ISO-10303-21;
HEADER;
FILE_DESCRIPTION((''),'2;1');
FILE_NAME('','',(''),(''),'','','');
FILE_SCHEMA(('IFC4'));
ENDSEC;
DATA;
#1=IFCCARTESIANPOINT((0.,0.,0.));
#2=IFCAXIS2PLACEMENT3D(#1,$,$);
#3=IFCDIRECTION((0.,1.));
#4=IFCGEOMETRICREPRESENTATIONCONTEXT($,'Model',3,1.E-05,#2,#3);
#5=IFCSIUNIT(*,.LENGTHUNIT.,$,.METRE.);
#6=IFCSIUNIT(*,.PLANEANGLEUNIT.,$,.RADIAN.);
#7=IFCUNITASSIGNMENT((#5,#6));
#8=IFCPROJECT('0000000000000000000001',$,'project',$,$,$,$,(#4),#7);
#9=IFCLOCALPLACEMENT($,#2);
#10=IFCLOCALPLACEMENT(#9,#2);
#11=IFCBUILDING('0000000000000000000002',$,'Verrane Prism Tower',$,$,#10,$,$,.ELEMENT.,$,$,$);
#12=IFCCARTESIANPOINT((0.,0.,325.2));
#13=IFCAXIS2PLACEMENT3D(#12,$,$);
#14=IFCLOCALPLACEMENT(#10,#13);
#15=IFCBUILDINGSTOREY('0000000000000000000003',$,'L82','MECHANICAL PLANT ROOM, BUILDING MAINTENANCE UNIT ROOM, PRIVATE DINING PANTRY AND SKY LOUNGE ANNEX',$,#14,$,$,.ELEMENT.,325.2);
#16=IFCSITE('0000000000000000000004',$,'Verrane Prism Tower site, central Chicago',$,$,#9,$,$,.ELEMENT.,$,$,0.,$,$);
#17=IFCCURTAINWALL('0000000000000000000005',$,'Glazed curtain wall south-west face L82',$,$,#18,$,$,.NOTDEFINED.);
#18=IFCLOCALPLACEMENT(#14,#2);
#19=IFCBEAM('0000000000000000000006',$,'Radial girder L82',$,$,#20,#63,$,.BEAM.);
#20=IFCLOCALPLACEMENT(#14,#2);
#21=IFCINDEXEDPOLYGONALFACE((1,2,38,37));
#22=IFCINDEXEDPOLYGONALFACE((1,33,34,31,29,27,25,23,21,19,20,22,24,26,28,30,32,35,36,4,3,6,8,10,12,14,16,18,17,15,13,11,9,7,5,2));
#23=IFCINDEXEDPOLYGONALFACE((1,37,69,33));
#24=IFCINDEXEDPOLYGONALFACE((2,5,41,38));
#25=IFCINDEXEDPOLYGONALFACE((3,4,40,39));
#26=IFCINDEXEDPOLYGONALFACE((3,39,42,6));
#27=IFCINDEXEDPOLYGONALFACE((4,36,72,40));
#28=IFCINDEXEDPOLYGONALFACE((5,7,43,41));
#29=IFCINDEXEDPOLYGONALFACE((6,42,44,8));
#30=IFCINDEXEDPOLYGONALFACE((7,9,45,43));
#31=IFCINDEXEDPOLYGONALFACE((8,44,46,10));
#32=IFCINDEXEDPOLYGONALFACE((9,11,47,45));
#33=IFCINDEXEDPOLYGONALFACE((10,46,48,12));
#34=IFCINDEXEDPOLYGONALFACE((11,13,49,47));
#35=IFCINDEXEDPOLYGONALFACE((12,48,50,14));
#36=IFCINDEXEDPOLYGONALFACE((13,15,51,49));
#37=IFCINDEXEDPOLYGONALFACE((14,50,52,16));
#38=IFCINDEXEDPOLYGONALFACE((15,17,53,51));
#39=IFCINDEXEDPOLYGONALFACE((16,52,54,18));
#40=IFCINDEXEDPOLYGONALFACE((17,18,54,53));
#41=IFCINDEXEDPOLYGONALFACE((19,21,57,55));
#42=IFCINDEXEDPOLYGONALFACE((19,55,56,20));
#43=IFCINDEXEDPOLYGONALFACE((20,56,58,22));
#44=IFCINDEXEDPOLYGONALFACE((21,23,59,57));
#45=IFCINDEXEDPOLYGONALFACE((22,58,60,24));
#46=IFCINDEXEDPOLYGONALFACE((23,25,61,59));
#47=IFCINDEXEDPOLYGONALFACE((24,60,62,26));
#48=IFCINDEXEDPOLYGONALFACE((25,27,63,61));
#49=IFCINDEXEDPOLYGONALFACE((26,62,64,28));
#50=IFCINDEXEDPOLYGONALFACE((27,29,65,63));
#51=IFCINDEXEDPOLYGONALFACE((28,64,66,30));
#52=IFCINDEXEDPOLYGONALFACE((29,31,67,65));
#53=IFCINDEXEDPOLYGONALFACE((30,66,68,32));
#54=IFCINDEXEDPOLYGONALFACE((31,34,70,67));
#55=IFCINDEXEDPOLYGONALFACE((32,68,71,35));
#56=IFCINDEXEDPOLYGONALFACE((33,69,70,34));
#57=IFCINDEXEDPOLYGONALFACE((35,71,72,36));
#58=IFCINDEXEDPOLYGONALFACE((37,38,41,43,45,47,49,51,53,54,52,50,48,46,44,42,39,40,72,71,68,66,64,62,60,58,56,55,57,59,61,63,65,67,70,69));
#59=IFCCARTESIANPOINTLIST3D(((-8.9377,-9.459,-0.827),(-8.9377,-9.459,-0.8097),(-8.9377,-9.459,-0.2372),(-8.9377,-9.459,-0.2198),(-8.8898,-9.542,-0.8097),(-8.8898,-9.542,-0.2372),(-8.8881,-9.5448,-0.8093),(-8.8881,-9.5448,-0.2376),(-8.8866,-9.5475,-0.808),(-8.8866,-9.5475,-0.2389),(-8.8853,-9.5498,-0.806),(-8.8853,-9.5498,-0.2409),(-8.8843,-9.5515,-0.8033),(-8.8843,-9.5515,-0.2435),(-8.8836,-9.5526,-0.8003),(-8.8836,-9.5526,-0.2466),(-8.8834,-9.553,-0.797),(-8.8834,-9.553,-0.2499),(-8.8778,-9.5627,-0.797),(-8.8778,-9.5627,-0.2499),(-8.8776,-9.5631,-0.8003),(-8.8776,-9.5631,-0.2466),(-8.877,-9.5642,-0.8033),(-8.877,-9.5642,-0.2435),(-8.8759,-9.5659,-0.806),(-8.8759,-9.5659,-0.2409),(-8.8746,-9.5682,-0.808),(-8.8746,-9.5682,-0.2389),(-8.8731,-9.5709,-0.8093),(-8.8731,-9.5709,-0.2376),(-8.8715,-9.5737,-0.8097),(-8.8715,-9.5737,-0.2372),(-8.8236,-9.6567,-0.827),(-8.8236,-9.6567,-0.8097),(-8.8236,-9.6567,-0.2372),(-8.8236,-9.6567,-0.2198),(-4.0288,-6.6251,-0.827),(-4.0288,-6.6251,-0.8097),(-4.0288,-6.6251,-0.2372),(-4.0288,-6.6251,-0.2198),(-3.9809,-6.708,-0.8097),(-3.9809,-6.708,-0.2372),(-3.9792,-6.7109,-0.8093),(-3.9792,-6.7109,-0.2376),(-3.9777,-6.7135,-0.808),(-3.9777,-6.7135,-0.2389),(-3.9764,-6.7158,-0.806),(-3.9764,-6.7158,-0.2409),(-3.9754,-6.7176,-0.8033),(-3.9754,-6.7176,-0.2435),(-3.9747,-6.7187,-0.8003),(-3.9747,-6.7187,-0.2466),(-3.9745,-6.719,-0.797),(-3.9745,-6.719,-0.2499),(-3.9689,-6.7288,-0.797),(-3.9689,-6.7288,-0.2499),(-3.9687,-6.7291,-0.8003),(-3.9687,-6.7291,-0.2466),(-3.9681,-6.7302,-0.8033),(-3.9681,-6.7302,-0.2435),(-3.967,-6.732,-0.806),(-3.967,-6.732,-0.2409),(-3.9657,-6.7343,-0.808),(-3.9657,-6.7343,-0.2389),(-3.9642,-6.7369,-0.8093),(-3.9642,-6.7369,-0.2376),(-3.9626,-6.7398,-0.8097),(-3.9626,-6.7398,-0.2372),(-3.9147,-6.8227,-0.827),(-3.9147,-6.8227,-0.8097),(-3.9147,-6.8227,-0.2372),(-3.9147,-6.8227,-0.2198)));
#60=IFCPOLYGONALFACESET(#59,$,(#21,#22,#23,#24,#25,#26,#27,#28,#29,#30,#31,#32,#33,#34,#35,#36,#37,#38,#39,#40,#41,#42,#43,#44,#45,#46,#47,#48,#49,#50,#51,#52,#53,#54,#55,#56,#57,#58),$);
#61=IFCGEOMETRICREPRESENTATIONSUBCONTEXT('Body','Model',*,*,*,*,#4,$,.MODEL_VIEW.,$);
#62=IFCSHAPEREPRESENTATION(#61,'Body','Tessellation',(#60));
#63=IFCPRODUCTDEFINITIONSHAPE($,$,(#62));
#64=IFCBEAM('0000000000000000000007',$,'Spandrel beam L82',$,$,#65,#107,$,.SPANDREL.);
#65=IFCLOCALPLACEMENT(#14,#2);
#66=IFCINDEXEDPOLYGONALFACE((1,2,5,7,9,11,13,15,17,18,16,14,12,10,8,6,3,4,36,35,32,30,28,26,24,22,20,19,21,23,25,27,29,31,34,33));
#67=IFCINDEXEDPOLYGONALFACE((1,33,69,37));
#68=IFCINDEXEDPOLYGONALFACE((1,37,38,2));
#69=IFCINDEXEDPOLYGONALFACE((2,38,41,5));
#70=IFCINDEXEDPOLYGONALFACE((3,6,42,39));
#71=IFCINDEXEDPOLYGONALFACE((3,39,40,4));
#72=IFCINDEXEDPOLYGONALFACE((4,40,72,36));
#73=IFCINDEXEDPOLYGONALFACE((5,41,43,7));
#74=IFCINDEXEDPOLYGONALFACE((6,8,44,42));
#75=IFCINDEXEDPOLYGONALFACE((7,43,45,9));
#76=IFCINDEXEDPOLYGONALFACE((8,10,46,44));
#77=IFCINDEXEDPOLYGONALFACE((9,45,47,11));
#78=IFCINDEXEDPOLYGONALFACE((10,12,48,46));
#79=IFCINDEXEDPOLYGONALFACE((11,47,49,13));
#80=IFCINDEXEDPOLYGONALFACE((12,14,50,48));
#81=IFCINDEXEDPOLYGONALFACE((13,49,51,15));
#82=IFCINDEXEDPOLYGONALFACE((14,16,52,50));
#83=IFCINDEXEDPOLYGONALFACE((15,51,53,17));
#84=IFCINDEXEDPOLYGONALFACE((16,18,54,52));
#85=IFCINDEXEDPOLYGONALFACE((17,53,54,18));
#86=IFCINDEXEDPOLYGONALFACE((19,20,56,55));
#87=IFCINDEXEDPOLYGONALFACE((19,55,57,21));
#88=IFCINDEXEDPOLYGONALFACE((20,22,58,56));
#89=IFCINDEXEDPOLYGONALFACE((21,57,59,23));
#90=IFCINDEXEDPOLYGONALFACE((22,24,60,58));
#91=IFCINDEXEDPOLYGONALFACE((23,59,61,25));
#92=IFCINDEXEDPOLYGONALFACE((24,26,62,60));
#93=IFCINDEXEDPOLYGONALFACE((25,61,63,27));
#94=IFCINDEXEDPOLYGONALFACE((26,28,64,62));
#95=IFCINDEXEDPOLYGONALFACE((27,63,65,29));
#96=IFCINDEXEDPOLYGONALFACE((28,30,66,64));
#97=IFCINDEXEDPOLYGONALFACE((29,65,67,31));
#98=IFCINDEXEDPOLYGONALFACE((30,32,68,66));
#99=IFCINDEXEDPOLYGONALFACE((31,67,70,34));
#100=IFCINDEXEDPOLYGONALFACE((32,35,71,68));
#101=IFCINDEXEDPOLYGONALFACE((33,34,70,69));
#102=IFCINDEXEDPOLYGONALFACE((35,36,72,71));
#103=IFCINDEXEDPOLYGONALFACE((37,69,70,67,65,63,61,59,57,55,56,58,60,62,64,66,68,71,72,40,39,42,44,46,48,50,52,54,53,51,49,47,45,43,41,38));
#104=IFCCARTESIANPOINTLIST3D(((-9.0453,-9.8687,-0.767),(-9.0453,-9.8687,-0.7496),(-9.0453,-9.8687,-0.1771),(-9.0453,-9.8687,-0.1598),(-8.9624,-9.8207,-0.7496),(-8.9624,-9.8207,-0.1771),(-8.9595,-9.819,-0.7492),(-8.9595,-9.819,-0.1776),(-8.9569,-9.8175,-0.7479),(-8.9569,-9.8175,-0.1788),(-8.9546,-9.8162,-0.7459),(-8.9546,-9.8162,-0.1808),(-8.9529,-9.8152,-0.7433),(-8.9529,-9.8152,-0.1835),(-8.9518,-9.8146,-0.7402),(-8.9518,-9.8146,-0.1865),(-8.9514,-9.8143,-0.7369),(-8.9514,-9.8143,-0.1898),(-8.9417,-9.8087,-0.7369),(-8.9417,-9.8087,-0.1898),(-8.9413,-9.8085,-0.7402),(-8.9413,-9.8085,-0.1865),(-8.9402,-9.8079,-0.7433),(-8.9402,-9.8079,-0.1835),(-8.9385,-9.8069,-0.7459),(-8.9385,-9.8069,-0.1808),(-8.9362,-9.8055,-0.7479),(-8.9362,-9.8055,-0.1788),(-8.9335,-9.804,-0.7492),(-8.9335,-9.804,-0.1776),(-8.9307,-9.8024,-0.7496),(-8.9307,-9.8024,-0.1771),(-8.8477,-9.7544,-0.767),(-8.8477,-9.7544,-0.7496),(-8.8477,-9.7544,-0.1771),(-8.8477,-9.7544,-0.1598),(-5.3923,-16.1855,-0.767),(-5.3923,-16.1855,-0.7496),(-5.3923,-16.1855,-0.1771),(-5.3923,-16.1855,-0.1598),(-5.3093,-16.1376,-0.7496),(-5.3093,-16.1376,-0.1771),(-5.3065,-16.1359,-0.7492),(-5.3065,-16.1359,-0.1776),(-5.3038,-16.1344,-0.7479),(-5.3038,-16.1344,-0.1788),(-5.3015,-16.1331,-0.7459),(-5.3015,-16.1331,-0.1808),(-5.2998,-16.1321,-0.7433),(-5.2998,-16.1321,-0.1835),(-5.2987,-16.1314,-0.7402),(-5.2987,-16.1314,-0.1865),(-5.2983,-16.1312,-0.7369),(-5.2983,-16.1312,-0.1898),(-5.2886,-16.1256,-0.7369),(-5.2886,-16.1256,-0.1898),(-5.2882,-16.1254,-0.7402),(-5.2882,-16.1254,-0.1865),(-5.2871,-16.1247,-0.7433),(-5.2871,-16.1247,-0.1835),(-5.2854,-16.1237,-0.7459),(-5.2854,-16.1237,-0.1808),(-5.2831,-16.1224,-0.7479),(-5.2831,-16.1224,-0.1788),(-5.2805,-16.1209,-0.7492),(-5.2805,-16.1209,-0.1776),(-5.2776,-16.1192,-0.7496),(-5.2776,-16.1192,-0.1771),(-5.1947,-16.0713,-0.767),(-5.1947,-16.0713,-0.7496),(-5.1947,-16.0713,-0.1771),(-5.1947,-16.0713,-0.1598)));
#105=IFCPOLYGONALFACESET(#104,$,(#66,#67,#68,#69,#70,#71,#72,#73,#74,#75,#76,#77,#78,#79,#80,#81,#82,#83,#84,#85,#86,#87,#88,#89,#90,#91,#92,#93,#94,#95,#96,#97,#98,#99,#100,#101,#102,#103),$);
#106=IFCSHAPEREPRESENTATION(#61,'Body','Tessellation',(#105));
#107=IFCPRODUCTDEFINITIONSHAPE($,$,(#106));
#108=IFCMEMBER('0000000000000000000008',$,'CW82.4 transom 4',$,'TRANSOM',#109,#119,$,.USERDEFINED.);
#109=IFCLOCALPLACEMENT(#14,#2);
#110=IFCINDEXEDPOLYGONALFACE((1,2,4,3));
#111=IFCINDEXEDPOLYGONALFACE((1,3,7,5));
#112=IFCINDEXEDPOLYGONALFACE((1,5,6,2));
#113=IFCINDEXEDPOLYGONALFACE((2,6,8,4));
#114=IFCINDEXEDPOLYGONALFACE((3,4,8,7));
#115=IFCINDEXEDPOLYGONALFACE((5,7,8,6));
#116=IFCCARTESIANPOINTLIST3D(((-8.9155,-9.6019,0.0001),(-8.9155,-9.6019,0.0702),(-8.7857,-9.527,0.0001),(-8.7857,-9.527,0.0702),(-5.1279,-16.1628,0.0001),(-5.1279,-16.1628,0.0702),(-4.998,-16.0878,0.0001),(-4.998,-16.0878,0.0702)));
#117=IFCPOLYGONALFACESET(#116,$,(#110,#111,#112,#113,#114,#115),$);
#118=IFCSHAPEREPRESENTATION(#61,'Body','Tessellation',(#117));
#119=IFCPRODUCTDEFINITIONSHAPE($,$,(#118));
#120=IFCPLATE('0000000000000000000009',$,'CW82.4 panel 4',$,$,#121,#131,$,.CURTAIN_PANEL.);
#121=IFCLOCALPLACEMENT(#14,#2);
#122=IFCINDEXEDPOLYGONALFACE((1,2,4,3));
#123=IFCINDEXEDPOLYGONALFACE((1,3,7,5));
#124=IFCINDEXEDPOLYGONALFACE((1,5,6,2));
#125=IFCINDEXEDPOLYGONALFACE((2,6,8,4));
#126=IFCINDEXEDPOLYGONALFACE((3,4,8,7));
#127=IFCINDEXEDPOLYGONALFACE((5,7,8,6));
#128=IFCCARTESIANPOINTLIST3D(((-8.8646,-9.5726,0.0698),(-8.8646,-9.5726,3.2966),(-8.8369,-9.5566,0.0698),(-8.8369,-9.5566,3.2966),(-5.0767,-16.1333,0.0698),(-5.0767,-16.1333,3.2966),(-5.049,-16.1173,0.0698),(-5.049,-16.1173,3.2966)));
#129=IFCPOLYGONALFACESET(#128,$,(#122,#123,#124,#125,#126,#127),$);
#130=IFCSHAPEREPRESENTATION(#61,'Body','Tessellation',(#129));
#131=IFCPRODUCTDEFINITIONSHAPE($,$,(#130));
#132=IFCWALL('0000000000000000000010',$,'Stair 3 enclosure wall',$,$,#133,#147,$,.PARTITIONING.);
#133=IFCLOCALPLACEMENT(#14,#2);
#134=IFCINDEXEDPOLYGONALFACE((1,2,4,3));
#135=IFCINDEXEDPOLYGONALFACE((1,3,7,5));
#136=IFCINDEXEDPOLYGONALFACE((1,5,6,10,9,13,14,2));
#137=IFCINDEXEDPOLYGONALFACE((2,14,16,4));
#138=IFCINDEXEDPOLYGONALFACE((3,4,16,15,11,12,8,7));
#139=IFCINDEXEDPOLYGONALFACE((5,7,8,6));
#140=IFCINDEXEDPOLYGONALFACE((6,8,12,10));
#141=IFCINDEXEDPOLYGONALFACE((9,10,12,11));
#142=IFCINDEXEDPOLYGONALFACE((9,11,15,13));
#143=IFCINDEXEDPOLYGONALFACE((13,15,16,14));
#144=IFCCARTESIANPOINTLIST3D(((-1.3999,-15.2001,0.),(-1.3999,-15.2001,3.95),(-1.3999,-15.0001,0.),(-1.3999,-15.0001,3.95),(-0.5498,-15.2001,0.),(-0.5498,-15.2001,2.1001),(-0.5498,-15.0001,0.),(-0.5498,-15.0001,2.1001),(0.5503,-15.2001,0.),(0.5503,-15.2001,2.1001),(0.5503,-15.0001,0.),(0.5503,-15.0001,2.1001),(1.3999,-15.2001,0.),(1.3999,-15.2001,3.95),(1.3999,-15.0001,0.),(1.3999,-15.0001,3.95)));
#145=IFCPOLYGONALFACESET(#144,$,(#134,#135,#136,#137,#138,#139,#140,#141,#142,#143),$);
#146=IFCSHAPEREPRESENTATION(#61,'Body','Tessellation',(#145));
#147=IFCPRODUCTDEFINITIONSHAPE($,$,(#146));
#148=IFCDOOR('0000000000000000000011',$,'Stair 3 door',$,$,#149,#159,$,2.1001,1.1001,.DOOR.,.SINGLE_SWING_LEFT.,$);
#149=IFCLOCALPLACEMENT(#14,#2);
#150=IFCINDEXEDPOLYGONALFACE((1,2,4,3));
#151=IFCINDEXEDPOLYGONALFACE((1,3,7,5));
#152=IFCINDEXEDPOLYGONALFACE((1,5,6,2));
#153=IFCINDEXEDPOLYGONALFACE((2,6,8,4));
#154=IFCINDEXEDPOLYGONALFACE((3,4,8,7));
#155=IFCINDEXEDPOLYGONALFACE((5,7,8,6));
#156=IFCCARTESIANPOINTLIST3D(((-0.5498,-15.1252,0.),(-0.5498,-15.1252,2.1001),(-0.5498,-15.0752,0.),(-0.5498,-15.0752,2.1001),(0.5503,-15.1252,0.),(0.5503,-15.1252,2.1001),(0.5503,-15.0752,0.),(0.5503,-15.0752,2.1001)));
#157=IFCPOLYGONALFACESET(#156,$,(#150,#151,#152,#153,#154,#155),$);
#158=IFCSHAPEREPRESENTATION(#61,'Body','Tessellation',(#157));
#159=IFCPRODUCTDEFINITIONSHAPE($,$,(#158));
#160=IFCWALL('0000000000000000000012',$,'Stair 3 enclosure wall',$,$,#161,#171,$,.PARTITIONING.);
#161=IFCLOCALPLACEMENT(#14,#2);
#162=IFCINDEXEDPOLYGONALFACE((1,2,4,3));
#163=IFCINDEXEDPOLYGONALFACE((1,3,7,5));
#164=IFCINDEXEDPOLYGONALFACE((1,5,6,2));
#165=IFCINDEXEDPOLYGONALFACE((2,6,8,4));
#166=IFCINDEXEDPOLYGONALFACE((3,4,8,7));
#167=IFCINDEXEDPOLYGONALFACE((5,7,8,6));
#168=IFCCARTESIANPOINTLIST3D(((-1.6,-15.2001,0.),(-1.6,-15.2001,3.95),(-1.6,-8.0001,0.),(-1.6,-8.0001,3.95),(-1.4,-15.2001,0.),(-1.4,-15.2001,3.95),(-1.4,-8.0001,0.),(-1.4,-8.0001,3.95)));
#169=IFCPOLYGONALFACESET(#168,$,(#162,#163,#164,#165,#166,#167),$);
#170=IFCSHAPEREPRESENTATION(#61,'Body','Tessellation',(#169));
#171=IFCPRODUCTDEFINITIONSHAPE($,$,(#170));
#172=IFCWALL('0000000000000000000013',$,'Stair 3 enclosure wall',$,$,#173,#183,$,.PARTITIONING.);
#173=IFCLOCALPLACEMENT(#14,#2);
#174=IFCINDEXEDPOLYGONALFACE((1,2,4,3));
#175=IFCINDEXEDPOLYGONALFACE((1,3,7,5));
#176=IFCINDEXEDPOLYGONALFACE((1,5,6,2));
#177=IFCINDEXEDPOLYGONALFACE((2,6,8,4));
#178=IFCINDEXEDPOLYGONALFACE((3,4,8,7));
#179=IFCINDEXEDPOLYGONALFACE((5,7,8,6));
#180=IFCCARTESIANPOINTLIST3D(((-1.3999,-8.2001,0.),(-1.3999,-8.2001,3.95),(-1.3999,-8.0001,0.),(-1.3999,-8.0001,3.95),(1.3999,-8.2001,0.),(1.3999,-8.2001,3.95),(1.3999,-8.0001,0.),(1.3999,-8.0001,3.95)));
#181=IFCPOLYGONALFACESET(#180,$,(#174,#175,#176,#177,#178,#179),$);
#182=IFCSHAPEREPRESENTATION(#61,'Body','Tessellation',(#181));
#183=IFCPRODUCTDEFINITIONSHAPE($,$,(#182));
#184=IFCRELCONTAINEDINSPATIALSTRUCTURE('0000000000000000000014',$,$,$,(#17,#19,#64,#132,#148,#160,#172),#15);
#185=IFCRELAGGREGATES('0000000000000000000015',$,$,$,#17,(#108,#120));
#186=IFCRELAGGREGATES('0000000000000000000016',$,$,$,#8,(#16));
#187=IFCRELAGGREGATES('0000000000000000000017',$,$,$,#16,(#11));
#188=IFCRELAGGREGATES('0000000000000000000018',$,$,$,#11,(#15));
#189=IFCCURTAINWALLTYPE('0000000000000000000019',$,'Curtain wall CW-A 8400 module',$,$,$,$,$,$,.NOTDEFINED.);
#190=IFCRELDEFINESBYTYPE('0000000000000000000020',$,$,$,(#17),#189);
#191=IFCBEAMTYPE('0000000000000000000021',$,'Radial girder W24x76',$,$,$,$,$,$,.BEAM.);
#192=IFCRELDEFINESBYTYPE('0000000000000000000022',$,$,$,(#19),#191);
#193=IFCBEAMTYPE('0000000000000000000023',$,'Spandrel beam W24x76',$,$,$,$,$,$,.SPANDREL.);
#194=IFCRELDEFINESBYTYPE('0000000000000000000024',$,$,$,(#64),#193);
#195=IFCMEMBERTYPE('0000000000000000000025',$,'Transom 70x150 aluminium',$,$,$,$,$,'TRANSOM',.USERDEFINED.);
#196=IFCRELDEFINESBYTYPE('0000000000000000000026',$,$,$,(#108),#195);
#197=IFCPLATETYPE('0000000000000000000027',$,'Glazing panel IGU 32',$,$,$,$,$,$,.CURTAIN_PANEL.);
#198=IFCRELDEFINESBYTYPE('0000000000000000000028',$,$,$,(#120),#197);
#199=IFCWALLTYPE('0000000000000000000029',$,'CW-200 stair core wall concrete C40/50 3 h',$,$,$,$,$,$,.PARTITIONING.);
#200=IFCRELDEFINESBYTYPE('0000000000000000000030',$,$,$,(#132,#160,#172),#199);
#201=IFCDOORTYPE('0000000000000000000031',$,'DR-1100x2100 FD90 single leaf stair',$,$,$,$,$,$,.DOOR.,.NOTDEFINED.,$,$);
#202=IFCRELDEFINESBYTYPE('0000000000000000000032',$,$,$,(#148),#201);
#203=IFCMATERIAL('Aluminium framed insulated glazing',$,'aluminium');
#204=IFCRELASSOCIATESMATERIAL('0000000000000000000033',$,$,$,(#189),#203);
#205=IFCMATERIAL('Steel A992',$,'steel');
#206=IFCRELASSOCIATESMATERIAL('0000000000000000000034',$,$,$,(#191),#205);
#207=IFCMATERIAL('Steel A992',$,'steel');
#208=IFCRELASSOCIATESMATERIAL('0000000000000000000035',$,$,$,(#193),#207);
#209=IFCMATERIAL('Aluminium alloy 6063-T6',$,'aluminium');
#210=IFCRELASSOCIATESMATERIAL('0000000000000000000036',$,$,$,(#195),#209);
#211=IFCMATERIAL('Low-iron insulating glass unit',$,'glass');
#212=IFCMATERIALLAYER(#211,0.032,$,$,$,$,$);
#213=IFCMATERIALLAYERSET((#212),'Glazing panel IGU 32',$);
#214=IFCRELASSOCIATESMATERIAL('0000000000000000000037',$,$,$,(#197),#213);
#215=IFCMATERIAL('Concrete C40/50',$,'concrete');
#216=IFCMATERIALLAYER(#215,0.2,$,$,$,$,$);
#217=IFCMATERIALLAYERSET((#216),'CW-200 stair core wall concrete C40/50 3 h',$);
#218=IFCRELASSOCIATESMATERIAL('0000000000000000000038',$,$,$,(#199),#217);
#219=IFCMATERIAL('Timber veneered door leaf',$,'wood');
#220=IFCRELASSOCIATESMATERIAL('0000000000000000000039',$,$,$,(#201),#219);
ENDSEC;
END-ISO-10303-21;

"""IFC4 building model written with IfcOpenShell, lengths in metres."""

from ifc_helpers import new_model, si_unit, direction, frame, frame_2d, origin, origin_2d, place, context, subcontext, project, spatial, rectangle, i_section, extrude, material, layer, layer_set, material_profile, profile_set, type_object, element, fill, aggregate, save


model = new_model("IFC4")

# Units and contexts
model_context = context("Model", 3, precision=1e-05, world=origin(), true_north=direction((0.0, 1.0)))
body_context = subcontext(model_context, "Body", "Model", "MODEL_VIEW")
ifc_project = project(units=[si_unit("LENGTHUNIT", "METRE"), si_unit("PLANEANGLEUNIT", "RADIAN")], contexts=[model_context])

# Site, building, storey
site_placement = place(None, origin())
site = spatial("IfcSite", under=ifc_project, at=site_placement, Name="Verrane Prism Tower site, central Chicago", CompositionType="ELEMENT", RefElevation=0.0)
building_placement = place(site_placement, origin())
building = spatial("IfcBuilding", under=site, at=building_placement, Name="Verrane Prism Tower", CompositionType="ELEMENT")
storey_placement = place(building_placement, frame((0.0, 0.0, 325.2)))
storey = spatial("IfcBuildingStorey", under=building, at=storey_placement, Name="L82", Description="MECHANICAL PLANT ROOM, BUILDING MAINTENANCE UNIT ROOM, PRIVATE DINING PANTRY AND SKY LOUNGE ANNEX", CompositionType="ELEMENT", Elevation=325.2)

# Curtain wall
ifc_material_1 = material(Name="Aluminium framed insulated glazing", Category="aluminium")
curtain_wall_type = type_object("IfcCurtainWallType", Name="Curtain wall CW-A 8400 module", PredefinedType="NOTDEFINED", material=ifc_material_1)
curtain_wall_placement = place(storey_placement, origin())
curtain_wall = element("IfcCurtainWall", 1, at=curtain_wall_placement, inside=storey, type_object=curtain_wall_type, Name="Glazed curtain wall south-west face L82", PredefinedType="NOTDEFINED")

# Beams
ifc_material_2 = material(Name="Steel A992", Category="steel")
ifc_material_profile_1 = material_profile(ifc_material_2, i_section(OverallWidth=0.2283, OverallDepth=0.6072, WebThickness=0.0112, FlangeThickness=0.0173, FilletRadius=0.0127, at=origin_2d()), Name="W24x76")
ifc_profile_set_1 = profile_set([ifc_material_profile_1], Name="Steel A992")
beam_type_1 = type_object("IfcBeamType", Name="Radial girder W24x76", PredefinedType="BEAM", material=ifc_profile_set_1)
beam_1_placement = place(storey_placement, frame((-8.8806, -9.5579, -0.5234), z_axis=(0.86604, 0.499975, 0.0), x_axis=(-0.499975, 0.86604, 0.0)))
element("IfcBeam", 2, at=beam_1_placement, inside=storey, type_object=beam_type_1, Name="Radial girder L82", PredefinedType="BEAM", context=body_context, shape_type="SweptSolid", body=[
    extrude(i_section(OverallWidth=0.2283, OverallDepth=0.6072, WebThickness=0.0112, FlangeThickness=0.0173, FilletRadius=0.0127, at=origin_2d()), origin(), (0.0, 0.0, 1.0), 5.6682),
])
ifc_material_3 = material(Name="Steel A992", Category="steel")
ifc_material_profile_2 = material_profile(ifc_material_3, i_section(OverallWidth=0.2283, OverallDepth=0.6072, WebThickness=0.0112, FlangeThickness=0.0173, FilletRadius=0.0127, at=origin_2d()), Name="W24x76")
ifc_profile_set_2 = profile_set([ifc_material_profile_2], Name="Steel A992")
beam_type_2 = type_object("IfcBeamType", Name="Spandrel beam W24x76", PredefinedType="SPANDREL", material=ifc_profile_set_2)
beam_2_placement = place(storey_placement, frame((-8.9465, -9.8115, -0.4634), z_axis=(0.500618, -0.865668, 0.0), x_axis=(0.865668, 0.500618, 0.0)))
element("IfcBeam", 3, at=beam_2_placement, inside=storey, type_object=beam_type_2, Name="Spandrel beam L82", PredefinedType="SPANDREL", context=body_context, shape_type="SweptSolid", body=[
    extrude(i_section(OverallWidth=0.2283, OverallDepth=0.6072, WebThickness=0.0112, FlangeThickness=0.0173, FilletRadius=0.0127, at=origin_2d()), origin(), (0.0, 0.0, 1.0), 7.2971),
])

# Member
ifc_material_4 = material(Name="Aluminium alloy 6063-T6", Category="aluminium")
ifc_material_profile_3 = material_profile(ifc_material_4, rectangle(XDim=0.1499, YDim=0.0701, at=origin_2d()), Name="Transom 70x150 aluminium")
ifc_profile_set_3 = profile_set([ifc_material_profile_3], Name="Aluminium alloy 6063-T6")
member_type_1 = type_object("IfcMemberType", Name="Transom 70x150 aluminium", ElementType="TRANSOM", PredefinedType="USERDEFINED", material=ifc_profile_set_3)
member_1_placement = place(storey_placement, frame((-8.8506, -9.5645, 0.0352), z_axis=(0.499973, -0.866041, 0.0), x_axis=(0.866041, 0.499973, 0.0)))
member_1 = element("IfcMember", 4, at=member_1_placement, type_object=member_type_1, Name="CW82.4 transom 4", ObjectType="TRANSOM", PredefinedType="USERDEFINED", context=body_context, shape_type="SweptSolid", body=[
    extrude(rectangle(XDim=0.1499, YDim=0.0701, at=origin_2d()), origin(), (0.0, 0.0, 1.0), 7.5757),
])

# Plate
ifc_material_5 = material(Name="Low-iron insulating glass unit", Category="glass")
ifc_layer_1 = layer(ifc_material_5, 0.032)
ifc_layer_set_1 = layer_set([ifc_layer_1], Name="Glazing panel IGU 32")
plate_type = type_object("IfcPlateType", Name="Glazing panel IGU 32", PredefinedType="CURTAIN_PANEL", material=ifc_layer_set_1)
plate_placement = place(storey_placement, frame((-6.9568, -12.845, 0.0698), z_axis=(0.0, 0.0, 1.0), x_axis=(0.5, -0.866025, 0.0)))
plate = element("IfcPlate", 5, at=plate_placement, type_object=plate_type, Name="CW82.4 panel 4", PredefinedType="CURTAIN_PANEL", context=body_context, shape_type="SweptSolid", body=[
    extrude(rectangle(XDim=7.5757, YDim=0.032, at=origin_2d()), origin(), (0.0, 0.0, 1.0), 3.2268),
])
aggregate(curtain_wall, [member_1, plate])

# Wall, opening, door
ifc_material_6 = material(Name="Concrete C40/50", Category="concrete")
ifc_layer_2 = layer(ifc_material_6, 0.2)
ifc_layer_set_2 = layer_set([ifc_layer_2], Name="CW-200 stair core wall concrete C40/50 3 h")
wall_type_1 = type_object("IfcWallType", Name="CW-200 stair core wall concrete C40/50 3 h", PredefinedType="PARTITIONING", material=ifc_layer_set_2)
wall_1_placement = place(storey_placement, frame((-1.3999, -15.1001, 0.0), z_axis=(0.0, 0.0, 1.0), x_axis=(1.0, 0.0, 0.0)))
wall_1 = element("IfcWall", 6, at=wall_1_placement, inside=storey, type_object=wall_type_1, Name="Stair 3 enclosure wall", PredefinedType="PARTITIONING", context=body_context, shape_type="SweptSolid", body=[
    extrude(rectangle(XDim=2.7998, YDim=0.2, at=frame_2d((1.3999, 0.0))), origin(), (0.0, 0.0, 1.0), 3.95),
])
opening_1_placement = place(wall_1_placement, frame((0.8501, 0.0, 0.0)))
opening_1 = element("IfcOpeningElement", 7, at=opening_1_placement, cuts=wall_1, PredefinedType="OPENING", context=body_context, shape_type="SweptSolid", body=[
    extrude(rectangle(XDim=1.1001, YDim=2.1001, at=frame_2d((0.55, 1.05))), frame((0.0, 0.1099, 0.0), z_axis=(0.0, -1.0, 0.0), x_axis=(1.0, 0.0, 0.0)), (0.0, 0.0, 1.0), 0.22),
])
ifc_material_7 = material(Name="Timber veneered door leaf", Category="wood")
door_type_1 = type_object("IfcDoorType", Name="DR-1100x2100 FD90 single leaf stair", OperationType="NOTDEFINED", PredefinedType="DOOR", material=ifc_material_7)
door_1_placement = place(opening_1_placement, origin())
door_1 = element("IfcDoor", 8, at=door_1_placement, inside=storey, type_object=door_type_1, Name="Stair 3 door", OperationType="SINGLE_SWING_LEFT", OverallHeight=2.1001, OverallWidth=1.1001, PredefinedType="DOOR", context=body_context, shape_type="SweptSolid", body=[
    extrude(rectangle(XDim=1.1001, YDim=2.1001, at=frame_2d((0.55, 1.05))), frame((0.0, 0.0249, 0.0), z_axis=(0.0, -1.0, 0.0), x_axis=(1.0, 0.0, 0.0)), (0.0, 0.0, 1.0), 0.05),
])
fill(opening_1, door_1)

# Walls
wall_2_placement = place(storey_placement, frame((-1.5, -8.0, 0.0), z_axis=(0.0, 0.0, 1.0), x_axis=(0.0, -1.0, 0.0)))
element("IfcWall", 9, at=wall_2_placement, inside=storey, type_object=wall_type_1, Name="Stair 3 enclosure wall", PredefinedType="PARTITIONING", context=body_context, shape_type="SweptSolid", body=[
    extrude(rectangle(XDim=7.2, YDim=0.2, at=frame_2d((3.6001, 0.0))), origin(), (0.0, 0.0, 1.0), 3.95),
])
wall_3_placement = place(storey_placement, frame((-1.3999, -8.1001, 0.0), z_axis=(0.0, 0.0, 1.0), x_axis=(1.0, 0.0, 0.0)))
element("IfcWall", 10, at=wall_3_placement, inside=storey, type_object=wall_type_1, Name="Stair 3 enclosure wall", PredefinedType="PARTITIONING", context=body_context, shape_type="SweptSolid", body=[
    extrude(rectangle(XDim=2.7998, YDim=0.2, at=frame_2d((1.3999, 0.0))), origin(), (0.0, 0.0, 1.0), 3.95),
])

save(model, "model.ifc")
